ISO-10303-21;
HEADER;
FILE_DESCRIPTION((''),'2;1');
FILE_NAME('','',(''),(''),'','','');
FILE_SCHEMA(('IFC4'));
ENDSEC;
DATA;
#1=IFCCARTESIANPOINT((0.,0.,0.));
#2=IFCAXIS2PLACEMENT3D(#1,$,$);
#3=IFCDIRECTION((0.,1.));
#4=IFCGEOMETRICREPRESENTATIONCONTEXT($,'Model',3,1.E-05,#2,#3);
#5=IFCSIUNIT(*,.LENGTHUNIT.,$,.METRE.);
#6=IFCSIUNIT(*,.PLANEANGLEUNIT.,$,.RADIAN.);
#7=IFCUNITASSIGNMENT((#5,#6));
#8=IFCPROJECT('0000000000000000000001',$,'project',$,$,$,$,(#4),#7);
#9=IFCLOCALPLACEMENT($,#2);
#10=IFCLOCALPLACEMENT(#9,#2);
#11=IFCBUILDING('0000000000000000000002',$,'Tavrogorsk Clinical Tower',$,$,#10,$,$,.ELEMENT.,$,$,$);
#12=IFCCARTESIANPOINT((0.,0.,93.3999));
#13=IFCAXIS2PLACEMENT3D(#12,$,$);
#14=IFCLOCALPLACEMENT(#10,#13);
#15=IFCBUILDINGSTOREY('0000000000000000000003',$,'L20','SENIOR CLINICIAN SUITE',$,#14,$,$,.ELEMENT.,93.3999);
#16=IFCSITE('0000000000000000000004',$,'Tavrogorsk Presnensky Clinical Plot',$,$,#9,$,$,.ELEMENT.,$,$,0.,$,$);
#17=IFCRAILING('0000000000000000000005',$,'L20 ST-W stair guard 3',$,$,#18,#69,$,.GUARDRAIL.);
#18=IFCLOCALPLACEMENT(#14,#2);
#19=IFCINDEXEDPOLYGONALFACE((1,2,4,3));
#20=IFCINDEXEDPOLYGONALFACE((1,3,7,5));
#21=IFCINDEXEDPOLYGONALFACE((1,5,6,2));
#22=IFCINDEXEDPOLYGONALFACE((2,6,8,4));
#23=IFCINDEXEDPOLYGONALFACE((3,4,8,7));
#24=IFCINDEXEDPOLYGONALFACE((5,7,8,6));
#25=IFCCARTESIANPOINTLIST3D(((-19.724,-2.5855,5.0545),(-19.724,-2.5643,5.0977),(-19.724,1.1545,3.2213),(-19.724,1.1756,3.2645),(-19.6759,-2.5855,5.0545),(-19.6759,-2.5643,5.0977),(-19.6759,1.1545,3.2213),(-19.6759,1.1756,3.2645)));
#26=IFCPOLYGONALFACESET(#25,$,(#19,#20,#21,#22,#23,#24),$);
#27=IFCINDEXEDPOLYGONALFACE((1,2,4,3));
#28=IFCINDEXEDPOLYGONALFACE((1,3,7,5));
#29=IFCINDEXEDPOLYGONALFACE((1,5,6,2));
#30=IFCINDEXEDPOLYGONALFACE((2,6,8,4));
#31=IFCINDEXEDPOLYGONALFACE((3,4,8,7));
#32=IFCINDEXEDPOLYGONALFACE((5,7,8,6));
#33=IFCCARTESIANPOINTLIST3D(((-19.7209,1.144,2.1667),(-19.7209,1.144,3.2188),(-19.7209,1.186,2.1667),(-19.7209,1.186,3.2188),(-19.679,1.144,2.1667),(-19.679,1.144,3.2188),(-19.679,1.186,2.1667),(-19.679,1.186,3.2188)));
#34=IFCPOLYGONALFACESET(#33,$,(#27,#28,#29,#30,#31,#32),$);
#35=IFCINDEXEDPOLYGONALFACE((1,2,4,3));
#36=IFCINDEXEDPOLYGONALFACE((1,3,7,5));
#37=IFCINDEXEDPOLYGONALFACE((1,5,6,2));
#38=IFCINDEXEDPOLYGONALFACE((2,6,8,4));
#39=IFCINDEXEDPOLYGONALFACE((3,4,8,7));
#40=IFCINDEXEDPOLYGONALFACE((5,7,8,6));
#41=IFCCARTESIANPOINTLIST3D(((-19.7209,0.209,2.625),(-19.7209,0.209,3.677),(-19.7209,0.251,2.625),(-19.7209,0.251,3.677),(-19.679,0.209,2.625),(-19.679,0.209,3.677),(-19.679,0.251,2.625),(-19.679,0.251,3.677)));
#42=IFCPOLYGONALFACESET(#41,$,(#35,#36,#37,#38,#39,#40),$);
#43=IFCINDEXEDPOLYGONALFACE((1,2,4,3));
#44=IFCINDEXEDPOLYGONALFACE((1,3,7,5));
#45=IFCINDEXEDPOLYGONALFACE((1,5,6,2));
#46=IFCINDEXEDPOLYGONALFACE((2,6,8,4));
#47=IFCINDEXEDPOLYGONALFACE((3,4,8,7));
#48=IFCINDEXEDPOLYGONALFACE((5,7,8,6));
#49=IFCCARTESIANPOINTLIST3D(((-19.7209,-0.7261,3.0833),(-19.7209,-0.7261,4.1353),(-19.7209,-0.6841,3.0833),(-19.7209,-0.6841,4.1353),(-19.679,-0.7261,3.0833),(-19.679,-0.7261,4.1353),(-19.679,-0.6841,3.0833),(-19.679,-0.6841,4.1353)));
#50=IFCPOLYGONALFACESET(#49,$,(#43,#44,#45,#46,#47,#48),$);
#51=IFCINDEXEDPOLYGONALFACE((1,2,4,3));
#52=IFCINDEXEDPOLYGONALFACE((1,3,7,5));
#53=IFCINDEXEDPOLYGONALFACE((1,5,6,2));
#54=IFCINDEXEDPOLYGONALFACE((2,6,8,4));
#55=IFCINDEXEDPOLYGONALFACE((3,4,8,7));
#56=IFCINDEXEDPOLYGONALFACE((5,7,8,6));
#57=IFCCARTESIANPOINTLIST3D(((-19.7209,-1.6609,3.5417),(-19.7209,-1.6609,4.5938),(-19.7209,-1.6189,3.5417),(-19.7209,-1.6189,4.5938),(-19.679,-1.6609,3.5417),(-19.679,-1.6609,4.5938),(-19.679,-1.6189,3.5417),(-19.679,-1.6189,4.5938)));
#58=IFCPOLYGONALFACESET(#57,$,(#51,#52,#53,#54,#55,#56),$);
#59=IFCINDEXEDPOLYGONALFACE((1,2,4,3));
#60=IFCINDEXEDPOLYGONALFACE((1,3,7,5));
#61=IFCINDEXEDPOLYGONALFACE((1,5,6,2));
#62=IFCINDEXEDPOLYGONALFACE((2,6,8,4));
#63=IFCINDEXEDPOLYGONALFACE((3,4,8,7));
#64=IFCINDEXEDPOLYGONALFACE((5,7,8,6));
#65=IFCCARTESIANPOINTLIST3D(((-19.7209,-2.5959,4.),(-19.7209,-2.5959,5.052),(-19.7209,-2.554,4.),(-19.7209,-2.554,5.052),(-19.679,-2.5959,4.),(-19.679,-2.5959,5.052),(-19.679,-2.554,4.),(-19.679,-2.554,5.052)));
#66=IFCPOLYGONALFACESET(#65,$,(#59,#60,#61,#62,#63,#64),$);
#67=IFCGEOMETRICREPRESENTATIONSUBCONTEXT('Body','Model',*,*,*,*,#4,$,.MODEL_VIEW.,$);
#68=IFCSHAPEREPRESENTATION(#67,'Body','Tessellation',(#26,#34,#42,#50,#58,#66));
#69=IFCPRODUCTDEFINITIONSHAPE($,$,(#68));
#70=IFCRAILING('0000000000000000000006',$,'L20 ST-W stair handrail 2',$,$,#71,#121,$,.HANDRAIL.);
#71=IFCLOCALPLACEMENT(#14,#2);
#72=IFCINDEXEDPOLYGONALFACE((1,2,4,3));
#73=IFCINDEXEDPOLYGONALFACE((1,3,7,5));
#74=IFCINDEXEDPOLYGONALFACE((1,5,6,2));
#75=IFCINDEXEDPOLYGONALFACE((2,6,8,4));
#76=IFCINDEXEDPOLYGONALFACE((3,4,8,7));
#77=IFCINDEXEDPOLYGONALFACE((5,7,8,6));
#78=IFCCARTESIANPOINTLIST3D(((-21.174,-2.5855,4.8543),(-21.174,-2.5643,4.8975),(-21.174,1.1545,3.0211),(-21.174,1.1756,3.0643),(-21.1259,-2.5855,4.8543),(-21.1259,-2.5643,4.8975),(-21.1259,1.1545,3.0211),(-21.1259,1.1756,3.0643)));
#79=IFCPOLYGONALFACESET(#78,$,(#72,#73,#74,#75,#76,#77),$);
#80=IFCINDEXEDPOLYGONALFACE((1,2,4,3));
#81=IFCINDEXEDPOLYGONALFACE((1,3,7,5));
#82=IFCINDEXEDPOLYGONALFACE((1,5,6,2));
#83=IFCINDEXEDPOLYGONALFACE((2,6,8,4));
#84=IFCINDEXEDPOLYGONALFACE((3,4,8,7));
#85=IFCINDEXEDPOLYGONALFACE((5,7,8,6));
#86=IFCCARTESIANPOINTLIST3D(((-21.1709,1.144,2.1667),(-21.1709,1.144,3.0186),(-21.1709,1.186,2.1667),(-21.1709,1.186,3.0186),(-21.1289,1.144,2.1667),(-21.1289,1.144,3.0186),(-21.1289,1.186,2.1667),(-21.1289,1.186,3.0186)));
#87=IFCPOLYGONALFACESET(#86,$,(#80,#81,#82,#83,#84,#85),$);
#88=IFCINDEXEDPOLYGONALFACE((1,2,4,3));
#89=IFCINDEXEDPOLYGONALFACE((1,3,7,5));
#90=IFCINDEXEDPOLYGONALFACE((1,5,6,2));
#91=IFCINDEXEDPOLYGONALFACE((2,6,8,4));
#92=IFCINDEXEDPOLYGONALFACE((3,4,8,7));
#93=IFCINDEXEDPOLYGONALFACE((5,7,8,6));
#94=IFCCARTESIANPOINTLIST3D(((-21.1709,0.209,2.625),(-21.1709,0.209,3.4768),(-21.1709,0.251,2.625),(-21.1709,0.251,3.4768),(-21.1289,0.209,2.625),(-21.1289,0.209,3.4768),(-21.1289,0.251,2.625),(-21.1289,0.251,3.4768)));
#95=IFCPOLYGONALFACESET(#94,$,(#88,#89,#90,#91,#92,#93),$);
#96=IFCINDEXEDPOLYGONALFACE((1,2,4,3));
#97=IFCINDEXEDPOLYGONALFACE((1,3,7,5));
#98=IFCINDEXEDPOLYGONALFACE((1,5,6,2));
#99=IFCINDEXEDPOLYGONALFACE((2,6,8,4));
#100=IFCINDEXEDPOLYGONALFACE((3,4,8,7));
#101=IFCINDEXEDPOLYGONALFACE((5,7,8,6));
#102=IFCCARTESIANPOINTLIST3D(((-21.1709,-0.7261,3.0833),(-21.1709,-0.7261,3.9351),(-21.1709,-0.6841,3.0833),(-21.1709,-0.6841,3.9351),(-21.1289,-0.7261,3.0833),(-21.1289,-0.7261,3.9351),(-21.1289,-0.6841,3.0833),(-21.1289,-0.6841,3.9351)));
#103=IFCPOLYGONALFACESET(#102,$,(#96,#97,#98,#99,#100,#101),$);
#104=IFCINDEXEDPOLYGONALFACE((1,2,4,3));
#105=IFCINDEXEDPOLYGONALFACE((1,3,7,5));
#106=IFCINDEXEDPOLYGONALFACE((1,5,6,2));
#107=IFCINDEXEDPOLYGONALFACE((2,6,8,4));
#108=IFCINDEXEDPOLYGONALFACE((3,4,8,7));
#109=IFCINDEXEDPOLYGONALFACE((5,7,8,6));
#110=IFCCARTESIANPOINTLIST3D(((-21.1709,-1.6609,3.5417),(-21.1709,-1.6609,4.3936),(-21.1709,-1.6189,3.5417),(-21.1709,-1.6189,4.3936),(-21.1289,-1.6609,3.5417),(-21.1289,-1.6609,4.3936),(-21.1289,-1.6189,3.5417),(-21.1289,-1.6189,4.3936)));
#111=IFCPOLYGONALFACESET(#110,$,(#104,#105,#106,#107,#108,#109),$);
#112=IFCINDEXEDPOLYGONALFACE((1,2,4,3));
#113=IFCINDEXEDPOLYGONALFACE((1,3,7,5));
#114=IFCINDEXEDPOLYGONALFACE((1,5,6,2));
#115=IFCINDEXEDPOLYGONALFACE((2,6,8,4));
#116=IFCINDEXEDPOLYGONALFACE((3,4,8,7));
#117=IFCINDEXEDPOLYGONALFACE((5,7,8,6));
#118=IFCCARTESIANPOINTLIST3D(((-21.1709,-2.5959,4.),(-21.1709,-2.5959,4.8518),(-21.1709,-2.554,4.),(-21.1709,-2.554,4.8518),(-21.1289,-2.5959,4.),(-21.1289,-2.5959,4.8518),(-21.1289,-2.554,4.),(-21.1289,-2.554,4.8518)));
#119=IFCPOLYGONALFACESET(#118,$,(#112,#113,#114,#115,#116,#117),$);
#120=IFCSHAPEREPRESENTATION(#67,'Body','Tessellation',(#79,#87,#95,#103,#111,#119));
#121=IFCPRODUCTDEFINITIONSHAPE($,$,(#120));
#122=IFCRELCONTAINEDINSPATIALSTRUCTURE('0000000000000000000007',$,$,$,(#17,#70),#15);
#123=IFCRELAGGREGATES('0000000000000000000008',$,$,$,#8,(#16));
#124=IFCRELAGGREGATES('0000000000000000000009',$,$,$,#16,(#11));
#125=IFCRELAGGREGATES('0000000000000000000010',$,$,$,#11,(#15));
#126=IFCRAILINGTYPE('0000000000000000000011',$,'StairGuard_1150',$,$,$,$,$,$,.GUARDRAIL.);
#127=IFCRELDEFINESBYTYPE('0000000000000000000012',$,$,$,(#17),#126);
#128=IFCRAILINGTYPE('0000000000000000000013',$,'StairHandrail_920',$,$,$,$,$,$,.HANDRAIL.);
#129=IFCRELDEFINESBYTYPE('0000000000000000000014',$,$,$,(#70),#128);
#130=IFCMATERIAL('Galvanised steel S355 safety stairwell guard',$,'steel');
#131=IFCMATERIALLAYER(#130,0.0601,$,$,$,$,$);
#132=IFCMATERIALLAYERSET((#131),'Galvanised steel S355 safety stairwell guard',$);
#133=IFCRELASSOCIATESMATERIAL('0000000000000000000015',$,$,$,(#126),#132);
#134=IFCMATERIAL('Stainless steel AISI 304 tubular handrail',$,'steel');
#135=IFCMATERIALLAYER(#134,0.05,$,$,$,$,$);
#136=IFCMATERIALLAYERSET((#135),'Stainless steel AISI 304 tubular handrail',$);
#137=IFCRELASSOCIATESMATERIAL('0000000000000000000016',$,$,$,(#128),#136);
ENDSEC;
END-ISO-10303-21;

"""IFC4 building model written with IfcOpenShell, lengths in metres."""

from ifc_helpers import new_model, si_unit, direction, frame, origin, origin_2d, place, context, subcontext, project, spatial, rectangle, extrude, material, layer, layer_set, type_object, element, save


model = new_model("IFC4")

# Units and contexts
model_context = context("Model", 3, precision=1e-05, world=origin(), true_north=direction((0.0, 1.0)))
body_context = subcontext(model_context, "Body", "Model", "MODEL_VIEW")
ifc_project = project(units=[si_unit("LENGTHUNIT", "METRE"), si_unit("PLANEANGLEUNIT", "RADIAN")], contexts=[model_context])

# Site, building, storey
site_placement = place(None, origin())
site = spatial("IfcSite", under=ifc_project, at=site_placement, Name="Tavrogorsk Presnensky Clinical Plot", CompositionType="ELEMENT", RefElevation=0.0)
building_placement = place(site_placement, origin())
building = spatial("IfcBuilding", under=site, at=building_placement, Name="Tavrogorsk Clinical Tower", CompositionType="ELEMENT")
storey_placement = place(building_placement, frame((0.0, 0.0, 93.3999)))
storey = spatial("IfcBuildingStorey", under=building, at=storey_placement, Name="L20", Description="SENIOR CLINICIAN SUITE", CompositionType="ELEMENT", Elevation=93.3999)

# Railings
ifc_material_1 = material(Name="Galvanised steel S355 safety stairwell guard", Category="steel")
ifc_layer_1 = layer(ifc_material_1, 0.0601)
ifc_layer_set_1 = layer_set([ifc_layer_1], Name="Galvanised steel S355 safety stairwell guard")
railing_type_1 = type_object("IfcRailingType", Name="StairGuard_1150", PredefinedType="GUARDRAIL", material=ifc_layer_set_1)
railing_1_placement = place(storey_placement, frame((-19.7, 1.165, 2.1667)))
element("IfcRailing", 1, at=railing_1_placement, inside=storey, type_object=railing_type_1, Name="L20 ST-W stair guard 3", PredefinedType="GUARDRAIL", context=body_context, shape_type="SweptSolid", body=[
    extrude(rectangle(XDim=0.0481, YDim=0.0481, at=origin_2d()), frame((0.0, 0.0, 1.0762), z_axis=(0.0, -0.897928, 0.440142), x_axis=(1.0, 0.0, 0.0)), (0.0, 0.0, 1.0), 4.165),
    extrude(rectangle(XDim=0.042, YDim=0.042, at=origin_2d()), origin(), (0.0, 0.0, 1.0), 1.052),
    extrude(rectangle(XDim=0.042, YDim=0.042, at=origin_2d()), frame((0.0, -0.9351, 0.4583)), (0.0, 0.0, 1.0), 1.052),
    extrude(rectangle(XDim=0.042, YDim=0.042, at=origin_2d()), frame((0.0, -1.8701, 0.9165)), (0.0, 0.0, 1.0), 1.052),
    extrude(rectangle(XDim=0.042, YDim=0.042, at=origin_2d()), frame((0.0, -2.8049, 1.375)), (0.0, 0.0, 1.0), 1.052),
    extrude(rectangle(XDim=0.042, YDim=0.042, at=origin_2d()), frame((0.0, -3.74, 1.8333)), (0.0, 0.0, 1.0), 1.052),
])
ifc_material_2 = material(Name="Stainless steel AISI 304 tubular handrail", Category="steel")
ifc_layer_2 = layer(ifc_material_2, 0.05)
ifc_layer_set_2 = layer_set([ifc_layer_2], Name="Stainless steel AISI 304 tubular handrail")
railing_type_2 = type_object("IfcRailingType", Name="StairHandrail_920", PredefinedType="HANDRAIL", material=ifc_layer_set_2)
railing_2_placement = place(storey_placement, frame((-21.1499, 1.165, 2.1667)))
element("IfcRailing", 2, at=railing_2_placement, inside=storey, type_object=railing_type_2, Name="L20 ST-W stair handrail 2", PredefinedType="HANDRAIL", context=body_context, shape_type="SweptSolid", body=[
    extrude(rectangle(XDim=0.0481, YDim=0.0481, at=origin_2d()), frame((0.0, 0.0, 0.876), z_axis=(0.0, -0.897928, 0.440142), x_axis=(1.0, 0.0, 0.0)), (0.0, 0.0, 1.0), 4.165),
    extrude(rectangle(XDim=0.042, YDim=0.042, at=origin_2d()), origin(), (0.0, 0.0, 1.0), 0.8518),
    extrude(rectangle(XDim=0.042, YDim=0.042, at=origin_2d()), frame((0.0, -0.9351, 0.4583)), (0.0, 0.0, 1.0), 0.8518),
    extrude(rectangle(XDim=0.042, YDim=0.042, at=origin_2d()), frame((0.0, -1.8701, 0.9165)), (0.0, 0.0, 1.0), 0.8518),
    extrude(rectangle(XDim=0.042, YDim=0.042, at=origin_2d()), frame((0.0, -2.8049, 1.375)), (0.0, 0.0, 1.0), 0.8518),
    extrude(rectangle(XDim=0.042, YDim=0.042, at=origin_2d()), frame((0.0, -3.74, 1.8333)), (0.0, 0.0, 1.0), 0.8518),
])

save(model, "model.ifc")
